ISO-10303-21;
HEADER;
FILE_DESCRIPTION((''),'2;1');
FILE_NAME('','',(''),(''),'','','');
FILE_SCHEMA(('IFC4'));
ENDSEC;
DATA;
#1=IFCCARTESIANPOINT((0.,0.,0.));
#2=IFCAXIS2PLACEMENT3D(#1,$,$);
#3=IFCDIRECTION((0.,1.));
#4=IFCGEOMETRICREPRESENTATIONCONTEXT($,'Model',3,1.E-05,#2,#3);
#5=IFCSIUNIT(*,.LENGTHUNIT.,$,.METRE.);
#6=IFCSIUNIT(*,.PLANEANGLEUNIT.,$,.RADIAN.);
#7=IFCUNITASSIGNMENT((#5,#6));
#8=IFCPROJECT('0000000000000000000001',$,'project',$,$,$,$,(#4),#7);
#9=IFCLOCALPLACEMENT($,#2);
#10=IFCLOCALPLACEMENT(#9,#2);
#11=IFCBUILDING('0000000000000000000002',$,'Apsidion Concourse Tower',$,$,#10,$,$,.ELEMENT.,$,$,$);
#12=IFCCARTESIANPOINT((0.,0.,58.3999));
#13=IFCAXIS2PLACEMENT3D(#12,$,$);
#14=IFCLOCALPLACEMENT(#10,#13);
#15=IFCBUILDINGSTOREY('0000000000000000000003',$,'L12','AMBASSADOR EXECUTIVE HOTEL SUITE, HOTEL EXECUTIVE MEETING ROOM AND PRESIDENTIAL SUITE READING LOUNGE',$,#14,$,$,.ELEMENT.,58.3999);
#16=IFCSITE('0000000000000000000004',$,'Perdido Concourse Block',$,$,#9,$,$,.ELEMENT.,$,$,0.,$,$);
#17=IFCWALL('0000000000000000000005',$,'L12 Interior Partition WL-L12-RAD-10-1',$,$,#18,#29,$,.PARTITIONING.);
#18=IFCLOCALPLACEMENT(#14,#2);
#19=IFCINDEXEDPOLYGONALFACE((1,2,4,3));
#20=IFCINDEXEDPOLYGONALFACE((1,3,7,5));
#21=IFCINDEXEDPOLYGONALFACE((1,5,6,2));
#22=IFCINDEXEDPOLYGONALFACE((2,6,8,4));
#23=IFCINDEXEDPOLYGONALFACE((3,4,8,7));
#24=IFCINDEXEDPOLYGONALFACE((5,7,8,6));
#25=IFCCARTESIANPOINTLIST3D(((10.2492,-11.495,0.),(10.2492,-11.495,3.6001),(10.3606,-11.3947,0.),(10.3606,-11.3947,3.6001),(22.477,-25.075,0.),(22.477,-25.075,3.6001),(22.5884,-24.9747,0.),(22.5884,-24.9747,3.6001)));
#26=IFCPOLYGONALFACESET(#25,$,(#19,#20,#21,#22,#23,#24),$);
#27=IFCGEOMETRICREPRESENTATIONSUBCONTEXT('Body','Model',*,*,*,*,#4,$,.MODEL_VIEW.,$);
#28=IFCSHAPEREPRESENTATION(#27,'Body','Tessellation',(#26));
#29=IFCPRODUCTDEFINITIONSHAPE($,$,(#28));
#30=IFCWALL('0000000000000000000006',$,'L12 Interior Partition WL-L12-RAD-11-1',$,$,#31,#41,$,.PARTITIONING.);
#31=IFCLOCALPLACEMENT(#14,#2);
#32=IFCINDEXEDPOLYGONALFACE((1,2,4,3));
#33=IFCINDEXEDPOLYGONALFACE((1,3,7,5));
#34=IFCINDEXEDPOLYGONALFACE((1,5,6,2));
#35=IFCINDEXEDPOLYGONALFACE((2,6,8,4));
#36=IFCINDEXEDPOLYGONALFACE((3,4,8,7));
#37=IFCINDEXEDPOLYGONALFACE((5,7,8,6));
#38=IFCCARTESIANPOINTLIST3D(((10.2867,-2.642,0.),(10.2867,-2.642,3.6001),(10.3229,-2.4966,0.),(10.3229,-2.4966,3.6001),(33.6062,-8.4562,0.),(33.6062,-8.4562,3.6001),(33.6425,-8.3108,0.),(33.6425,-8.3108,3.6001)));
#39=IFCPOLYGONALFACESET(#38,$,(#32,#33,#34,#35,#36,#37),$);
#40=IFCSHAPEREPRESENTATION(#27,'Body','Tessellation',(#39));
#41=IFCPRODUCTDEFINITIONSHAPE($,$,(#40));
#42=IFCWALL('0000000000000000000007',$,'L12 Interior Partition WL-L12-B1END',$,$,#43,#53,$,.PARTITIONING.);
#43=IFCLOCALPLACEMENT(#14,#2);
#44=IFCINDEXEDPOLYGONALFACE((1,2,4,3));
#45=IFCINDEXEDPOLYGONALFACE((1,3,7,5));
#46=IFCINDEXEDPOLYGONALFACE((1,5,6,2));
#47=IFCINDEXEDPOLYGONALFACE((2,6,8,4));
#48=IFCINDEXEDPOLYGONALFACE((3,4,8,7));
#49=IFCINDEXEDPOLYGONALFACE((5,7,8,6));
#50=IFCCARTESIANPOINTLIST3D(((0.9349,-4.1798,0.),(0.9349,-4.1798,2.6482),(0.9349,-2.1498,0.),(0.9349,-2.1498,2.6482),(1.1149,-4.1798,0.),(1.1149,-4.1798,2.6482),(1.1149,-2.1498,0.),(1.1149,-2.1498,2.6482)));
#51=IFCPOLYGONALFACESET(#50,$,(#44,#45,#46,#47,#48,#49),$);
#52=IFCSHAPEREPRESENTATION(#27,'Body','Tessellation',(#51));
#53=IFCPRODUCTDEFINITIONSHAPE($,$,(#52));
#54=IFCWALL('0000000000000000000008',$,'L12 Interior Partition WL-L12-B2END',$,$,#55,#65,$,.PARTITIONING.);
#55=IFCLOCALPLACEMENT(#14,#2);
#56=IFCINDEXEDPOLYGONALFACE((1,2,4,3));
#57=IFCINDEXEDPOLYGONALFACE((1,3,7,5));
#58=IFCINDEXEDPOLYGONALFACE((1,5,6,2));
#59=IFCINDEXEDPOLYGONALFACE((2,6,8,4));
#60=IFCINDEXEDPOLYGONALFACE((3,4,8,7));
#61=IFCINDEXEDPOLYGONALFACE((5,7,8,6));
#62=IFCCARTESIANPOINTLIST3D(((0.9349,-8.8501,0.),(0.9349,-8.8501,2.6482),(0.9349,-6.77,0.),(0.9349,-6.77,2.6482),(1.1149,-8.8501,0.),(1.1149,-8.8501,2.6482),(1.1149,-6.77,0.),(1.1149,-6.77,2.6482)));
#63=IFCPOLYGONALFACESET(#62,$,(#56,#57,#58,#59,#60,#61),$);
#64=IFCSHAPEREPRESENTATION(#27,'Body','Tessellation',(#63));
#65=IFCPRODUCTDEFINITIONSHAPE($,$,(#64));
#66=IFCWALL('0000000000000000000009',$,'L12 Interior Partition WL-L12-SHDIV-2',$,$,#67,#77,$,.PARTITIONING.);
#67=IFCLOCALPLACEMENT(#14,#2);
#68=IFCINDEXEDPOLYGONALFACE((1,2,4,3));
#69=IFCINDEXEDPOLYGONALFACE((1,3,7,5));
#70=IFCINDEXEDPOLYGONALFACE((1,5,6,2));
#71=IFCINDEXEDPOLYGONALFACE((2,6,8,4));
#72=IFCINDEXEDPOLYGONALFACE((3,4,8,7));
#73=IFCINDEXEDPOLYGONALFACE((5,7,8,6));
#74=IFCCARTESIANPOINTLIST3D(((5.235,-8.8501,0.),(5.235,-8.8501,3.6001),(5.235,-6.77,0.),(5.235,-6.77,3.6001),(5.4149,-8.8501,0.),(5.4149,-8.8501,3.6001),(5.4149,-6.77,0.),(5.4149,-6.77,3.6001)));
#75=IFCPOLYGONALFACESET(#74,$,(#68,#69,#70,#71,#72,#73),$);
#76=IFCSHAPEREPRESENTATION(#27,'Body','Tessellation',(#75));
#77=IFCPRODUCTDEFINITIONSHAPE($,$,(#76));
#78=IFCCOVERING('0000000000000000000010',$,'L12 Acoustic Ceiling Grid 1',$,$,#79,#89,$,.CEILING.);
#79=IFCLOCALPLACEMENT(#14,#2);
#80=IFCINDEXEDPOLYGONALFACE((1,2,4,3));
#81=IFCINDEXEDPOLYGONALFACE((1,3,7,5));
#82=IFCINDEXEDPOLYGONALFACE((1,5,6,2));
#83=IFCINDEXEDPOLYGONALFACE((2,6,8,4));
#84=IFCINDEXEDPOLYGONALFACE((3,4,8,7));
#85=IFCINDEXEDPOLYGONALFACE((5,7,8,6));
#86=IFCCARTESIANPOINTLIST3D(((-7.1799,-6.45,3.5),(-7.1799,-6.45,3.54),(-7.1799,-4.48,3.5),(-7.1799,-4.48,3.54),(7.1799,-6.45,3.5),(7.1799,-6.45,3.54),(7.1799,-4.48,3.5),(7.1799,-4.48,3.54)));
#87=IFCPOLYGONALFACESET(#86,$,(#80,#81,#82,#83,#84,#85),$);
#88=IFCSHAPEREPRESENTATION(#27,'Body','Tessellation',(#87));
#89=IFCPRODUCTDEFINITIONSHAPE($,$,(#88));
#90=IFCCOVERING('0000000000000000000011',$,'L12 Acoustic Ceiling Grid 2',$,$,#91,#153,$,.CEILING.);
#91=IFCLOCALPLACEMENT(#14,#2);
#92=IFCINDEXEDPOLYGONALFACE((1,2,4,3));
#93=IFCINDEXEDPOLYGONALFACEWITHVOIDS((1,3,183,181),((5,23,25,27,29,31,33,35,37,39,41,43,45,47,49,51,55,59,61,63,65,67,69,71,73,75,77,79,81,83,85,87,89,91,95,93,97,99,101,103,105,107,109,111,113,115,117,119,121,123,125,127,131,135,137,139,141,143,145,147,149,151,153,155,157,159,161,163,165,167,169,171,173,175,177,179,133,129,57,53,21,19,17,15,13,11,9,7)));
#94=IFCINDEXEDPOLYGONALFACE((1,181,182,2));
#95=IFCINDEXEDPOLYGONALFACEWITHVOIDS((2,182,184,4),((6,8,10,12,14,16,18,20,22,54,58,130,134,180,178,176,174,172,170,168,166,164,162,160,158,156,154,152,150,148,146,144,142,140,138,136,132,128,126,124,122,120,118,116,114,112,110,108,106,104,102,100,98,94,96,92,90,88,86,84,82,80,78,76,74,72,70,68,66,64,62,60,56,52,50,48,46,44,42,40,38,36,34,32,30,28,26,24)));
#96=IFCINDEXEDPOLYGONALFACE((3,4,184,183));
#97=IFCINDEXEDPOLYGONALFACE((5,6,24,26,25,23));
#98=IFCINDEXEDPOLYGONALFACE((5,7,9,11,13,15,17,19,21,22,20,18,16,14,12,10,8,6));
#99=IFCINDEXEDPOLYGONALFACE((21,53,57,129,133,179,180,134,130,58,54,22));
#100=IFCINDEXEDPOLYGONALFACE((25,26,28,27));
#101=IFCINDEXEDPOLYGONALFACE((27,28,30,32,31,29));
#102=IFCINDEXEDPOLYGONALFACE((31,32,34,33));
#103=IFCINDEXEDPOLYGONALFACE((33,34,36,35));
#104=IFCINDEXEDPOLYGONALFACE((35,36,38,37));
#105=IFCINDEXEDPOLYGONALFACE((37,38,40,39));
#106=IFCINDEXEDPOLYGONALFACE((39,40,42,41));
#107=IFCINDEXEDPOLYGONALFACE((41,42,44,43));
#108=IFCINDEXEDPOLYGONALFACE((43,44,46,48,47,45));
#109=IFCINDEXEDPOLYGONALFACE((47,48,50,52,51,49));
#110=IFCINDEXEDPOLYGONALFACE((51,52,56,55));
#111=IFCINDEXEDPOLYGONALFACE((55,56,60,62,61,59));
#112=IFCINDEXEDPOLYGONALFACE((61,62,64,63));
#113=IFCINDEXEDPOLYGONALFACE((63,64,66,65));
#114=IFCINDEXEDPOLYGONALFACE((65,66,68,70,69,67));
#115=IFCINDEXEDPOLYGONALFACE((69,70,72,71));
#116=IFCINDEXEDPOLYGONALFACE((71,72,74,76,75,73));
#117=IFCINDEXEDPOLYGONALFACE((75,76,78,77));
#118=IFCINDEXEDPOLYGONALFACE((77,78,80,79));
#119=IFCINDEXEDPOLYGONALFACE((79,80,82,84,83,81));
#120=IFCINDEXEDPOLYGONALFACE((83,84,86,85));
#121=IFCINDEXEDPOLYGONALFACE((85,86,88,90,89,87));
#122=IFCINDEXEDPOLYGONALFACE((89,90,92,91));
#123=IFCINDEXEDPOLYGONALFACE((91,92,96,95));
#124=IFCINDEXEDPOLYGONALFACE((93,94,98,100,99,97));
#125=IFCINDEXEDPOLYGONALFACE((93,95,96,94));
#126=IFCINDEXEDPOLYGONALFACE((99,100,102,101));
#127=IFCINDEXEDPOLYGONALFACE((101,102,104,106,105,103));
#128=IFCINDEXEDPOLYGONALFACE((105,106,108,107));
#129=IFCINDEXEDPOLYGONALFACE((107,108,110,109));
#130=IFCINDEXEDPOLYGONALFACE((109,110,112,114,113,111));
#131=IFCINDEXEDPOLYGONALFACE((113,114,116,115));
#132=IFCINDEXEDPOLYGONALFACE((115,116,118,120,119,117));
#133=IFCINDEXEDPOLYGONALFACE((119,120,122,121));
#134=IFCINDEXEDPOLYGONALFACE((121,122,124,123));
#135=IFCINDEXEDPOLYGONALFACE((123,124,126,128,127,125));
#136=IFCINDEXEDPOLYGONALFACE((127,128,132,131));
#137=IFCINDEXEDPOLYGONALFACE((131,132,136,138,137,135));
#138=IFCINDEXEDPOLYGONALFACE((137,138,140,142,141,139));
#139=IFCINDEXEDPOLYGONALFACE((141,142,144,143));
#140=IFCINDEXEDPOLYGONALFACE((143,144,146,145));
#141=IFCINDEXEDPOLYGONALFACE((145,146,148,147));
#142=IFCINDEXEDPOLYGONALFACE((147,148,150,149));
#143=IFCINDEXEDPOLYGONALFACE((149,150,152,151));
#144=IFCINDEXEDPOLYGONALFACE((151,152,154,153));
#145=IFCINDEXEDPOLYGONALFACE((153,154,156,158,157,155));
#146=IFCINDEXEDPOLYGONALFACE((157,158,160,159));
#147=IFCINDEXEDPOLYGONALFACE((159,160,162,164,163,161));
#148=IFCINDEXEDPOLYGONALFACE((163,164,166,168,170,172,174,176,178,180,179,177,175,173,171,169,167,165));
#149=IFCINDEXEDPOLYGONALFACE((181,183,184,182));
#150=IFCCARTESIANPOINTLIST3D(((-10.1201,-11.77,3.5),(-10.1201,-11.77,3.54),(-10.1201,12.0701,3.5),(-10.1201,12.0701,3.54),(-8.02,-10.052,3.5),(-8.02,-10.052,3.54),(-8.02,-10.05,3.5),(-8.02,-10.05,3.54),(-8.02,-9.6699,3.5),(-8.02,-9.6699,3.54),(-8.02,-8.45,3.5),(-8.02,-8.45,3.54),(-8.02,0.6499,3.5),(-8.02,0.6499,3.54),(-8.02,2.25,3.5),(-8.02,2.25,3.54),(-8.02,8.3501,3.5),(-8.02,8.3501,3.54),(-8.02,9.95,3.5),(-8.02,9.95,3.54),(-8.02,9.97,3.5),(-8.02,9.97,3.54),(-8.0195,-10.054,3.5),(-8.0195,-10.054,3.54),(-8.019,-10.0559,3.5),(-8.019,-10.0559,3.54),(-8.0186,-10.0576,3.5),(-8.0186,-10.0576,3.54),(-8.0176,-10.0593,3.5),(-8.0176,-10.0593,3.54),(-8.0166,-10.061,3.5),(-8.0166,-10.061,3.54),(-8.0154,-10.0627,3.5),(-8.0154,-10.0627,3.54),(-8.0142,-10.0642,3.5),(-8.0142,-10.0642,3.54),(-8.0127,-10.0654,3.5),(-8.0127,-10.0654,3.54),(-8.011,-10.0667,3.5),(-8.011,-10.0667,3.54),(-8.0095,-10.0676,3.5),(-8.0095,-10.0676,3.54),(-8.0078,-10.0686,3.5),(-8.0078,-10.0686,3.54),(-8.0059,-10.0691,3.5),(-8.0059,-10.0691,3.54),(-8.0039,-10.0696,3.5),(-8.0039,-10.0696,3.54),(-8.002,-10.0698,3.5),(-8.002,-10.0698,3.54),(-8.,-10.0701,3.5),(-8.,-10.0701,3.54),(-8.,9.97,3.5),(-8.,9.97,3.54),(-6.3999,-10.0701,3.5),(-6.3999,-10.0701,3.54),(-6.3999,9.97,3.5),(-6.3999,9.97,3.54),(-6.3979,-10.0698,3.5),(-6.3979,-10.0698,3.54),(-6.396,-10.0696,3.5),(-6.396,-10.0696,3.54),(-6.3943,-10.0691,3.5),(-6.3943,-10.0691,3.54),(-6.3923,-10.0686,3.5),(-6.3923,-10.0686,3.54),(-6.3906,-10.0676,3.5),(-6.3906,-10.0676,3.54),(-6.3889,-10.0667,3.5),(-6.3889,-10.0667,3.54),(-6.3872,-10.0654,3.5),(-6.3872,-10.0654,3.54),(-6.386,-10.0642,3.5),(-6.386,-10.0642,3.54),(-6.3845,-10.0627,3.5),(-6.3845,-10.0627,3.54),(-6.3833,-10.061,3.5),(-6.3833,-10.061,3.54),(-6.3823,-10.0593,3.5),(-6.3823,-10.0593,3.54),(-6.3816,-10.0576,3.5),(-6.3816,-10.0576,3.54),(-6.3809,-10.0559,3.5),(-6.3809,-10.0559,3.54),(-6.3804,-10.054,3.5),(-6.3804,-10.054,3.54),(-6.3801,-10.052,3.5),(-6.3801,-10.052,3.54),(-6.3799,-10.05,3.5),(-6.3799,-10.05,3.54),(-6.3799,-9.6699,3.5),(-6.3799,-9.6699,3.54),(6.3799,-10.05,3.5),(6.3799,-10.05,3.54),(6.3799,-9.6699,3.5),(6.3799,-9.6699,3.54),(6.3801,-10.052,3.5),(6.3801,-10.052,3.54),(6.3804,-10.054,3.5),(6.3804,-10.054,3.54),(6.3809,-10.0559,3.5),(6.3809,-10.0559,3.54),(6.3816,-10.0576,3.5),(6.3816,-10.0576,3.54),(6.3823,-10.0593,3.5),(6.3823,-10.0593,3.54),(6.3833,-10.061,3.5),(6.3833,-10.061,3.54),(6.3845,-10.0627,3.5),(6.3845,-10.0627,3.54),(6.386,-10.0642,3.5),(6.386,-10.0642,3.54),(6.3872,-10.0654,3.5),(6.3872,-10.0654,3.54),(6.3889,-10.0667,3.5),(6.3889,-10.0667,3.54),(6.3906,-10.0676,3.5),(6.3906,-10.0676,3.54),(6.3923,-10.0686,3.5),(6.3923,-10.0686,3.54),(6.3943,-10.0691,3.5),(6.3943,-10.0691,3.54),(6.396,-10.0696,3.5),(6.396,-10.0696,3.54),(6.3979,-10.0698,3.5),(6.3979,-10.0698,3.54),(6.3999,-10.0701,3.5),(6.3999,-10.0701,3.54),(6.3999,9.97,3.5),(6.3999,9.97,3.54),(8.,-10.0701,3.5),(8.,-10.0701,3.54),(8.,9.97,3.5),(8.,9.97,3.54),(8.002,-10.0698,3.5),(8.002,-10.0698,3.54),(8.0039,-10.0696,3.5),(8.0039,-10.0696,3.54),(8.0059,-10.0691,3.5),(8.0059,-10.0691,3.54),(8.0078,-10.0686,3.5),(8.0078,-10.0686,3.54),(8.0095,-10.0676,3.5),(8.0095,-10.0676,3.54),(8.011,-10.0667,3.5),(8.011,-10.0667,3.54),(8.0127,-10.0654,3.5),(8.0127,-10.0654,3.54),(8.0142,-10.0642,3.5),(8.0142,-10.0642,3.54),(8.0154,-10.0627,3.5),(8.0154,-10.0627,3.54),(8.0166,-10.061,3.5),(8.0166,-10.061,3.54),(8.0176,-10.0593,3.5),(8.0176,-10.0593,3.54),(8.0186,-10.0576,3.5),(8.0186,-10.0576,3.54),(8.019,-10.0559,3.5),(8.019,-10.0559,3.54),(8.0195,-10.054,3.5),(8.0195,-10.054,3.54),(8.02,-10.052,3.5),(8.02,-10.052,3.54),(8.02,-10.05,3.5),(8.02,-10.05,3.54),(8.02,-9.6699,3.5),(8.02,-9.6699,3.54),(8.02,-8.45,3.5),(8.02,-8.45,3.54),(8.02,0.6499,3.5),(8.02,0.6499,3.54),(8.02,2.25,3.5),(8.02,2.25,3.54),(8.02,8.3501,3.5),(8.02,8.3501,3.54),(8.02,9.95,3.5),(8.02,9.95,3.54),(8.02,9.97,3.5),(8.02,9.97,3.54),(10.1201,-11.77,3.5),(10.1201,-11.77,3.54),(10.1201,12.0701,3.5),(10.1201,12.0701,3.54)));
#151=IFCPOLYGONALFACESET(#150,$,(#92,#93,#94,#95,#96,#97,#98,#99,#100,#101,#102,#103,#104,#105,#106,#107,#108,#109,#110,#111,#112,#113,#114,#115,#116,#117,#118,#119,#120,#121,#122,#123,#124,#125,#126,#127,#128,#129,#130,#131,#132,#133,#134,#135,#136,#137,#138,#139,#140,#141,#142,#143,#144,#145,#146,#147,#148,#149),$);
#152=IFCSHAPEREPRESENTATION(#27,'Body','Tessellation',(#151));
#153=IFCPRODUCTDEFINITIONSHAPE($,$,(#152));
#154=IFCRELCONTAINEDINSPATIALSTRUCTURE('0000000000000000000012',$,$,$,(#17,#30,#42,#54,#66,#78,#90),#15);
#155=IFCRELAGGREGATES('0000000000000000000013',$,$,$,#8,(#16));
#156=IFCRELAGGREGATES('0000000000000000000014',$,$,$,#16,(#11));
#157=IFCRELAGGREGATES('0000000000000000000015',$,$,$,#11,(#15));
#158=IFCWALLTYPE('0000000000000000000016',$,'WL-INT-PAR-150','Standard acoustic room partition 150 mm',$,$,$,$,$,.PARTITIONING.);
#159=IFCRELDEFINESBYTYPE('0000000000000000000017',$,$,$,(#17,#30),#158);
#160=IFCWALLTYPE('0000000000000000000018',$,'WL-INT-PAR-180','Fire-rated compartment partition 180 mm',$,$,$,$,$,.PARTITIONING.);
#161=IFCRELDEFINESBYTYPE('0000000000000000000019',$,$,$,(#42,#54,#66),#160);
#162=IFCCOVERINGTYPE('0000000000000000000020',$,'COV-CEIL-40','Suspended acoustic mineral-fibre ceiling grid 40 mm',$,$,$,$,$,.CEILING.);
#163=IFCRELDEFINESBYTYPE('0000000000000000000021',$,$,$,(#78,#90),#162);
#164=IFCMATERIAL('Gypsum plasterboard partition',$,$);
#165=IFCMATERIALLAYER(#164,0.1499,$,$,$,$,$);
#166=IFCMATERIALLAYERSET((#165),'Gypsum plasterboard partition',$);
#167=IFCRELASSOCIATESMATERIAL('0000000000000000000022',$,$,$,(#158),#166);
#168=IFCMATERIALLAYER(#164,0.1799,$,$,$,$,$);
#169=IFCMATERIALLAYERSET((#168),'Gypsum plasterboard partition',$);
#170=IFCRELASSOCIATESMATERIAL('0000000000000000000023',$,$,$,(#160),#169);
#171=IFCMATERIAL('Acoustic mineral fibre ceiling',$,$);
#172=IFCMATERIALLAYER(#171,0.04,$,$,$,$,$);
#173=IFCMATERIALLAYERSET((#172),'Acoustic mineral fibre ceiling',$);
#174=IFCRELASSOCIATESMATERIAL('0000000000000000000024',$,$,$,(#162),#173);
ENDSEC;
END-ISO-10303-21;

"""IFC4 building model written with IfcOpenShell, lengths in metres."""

from ifc_helpers import new_model, si_unit, direction, frame, frame_2d, origin, place, context, subcontext, project, spatial, polyline, rectangle, outline, extrude, material, layer, layer_set, type_object, element, save


model = new_model("IFC4")

# Units and contexts
model_context = context("Model", 3, precision=1e-05, world=origin(), true_north=direction((0.0, 1.0)))
body_context = subcontext(model_context, "Body", "Model", "MODEL_VIEW")
ifc_project = project(units=[si_unit("LENGTHUNIT", "METRE"), si_unit("PLANEANGLEUNIT", "RADIAN")], contexts=[model_context])

# Site, building, storey
site_placement = place(None, origin())
site = spatial("IfcSite", under=ifc_project, at=site_placement, Name="Perdido Concourse Block", CompositionType="ELEMENT", RefElevation=0.0)
building_placement = place(site_placement, origin())
building = spatial("IfcBuilding", under=site, at=building_placement, Name="Apsidion Concourse Tower", CompositionType="ELEMENT")
storey_placement = place(building_placement, frame((0.0, 0.0, 58.3999)))
storey = spatial("IfcBuildingStorey", under=building, at=storey_placement, Name="L12", Description="AMBASSADOR EXECUTIVE HOTEL SUITE, HOTEL EXECUTIVE MEETING ROOM AND PRESIDENTIAL SUITE READING LOUNGE", CompositionType="ELEMENT", Elevation=58.3999)

# Shared definitions
ifc_material_1 = material(Name="Gypsum plasterboard partition")
ifc_layer_1 = layer(ifc_material_1, 0.1499)
ifc_layer_set_1 = layer_set([ifc_layer_1], Name="Gypsum plasterboard partition")
wall_type_1 = type_object("IfcWallType", Name="WL-INT-PAR-150", Description="Standard acoustic room partition 150 mm", PredefinedType="PARTITIONING", material=ifc_layer_set_1)

# Walls
wall_1_placement = place(storey_placement, frame((10.3049, -11.4448, 0.0), z_axis=(0.0, 0.0, 1.0), x_axis=(0.669137, -0.743139, 0.0)))
element("IfcWall", 1, at=wall_1_placement, inside=storey, type_object=wall_type_1, Name="L12 Interior Partition WL-L12-RAD-10-1", PredefinedType="PARTITIONING", context=body_context, shape_type="SweptSolid", body=[
    extrude(rectangle(XDim=18.2739, YDim=0.1499, at=frame_2d((9.137, 0.0))), origin(), (0.0, 0.0, 1.0), 3.6001),
])
wall_2_placement = place(storey_placement, frame((10.3049, -2.5693, 0.0), z_axis=(0.0, 0.0, 1.0), x_axis=(0.970296, -0.241921, 0.0)))
element("IfcWall", 2, at=wall_2_placement, inside=storey, type_object=wall_type_1, Name="L12 Interior Partition WL-L12-RAD-11-1", PredefinedType="PARTITIONING", context=body_context, shape_type="SweptSolid", body=[
    extrude(rectangle(XDim=24.0334, YDim=0.1499, at=frame_2d((12.0166, 0.0))), origin(), (0.0, 0.0, 1.0), 3.6001),
])
ifc_layer_2 = layer(ifc_material_1, 0.1799)
ifc_layer_set_2 = layer_set([ifc_layer_2], Name="Gypsum plasterboard partition")
wall_type_2 = type_object("IfcWallType", Name="WL-INT-PAR-180", Description="Fire-rated compartment partition 180 mm", PredefinedType="PARTITIONING", material=ifc_layer_set_2)
wall_3_placement = place(storey_placement, frame((1.0249, -4.1799, 0.0), z_axis=(0.0, 0.0, 1.0), x_axis=(0.0, 1.0, 0.0)))
element("IfcWall", 3, at=wall_3_placement, inside=storey, type_object=wall_type_2, Name="L12 Interior Partition WL-L12-B1END", PredefinedType="PARTITIONING", context=body_context, shape_type="SweptSolid", body=[
    extrude(rectangle(XDim=2.03, YDim=0.1799, at=frame_2d((1.0151, 0.0))), origin(), (0.0, 0.0, 1.0), 2.6482),
])
wall_4_placement = place(storey_placement, frame((1.0249, -8.8501, 0.0), z_axis=(0.0, 0.0, 1.0), x_axis=(0.0, 1.0, 0.0)))
element("IfcWall", 4, at=wall_4_placement, inside=storey, type_object=wall_type_2, Name="L12 Interior Partition WL-L12-B2END", PredefinedType="PARTITIONING", context=body_context, shape_type="SweptSolid", body=[
    extrude(rectangle(XDim=2.0801, YDim=0.1799, at=frame_2d((1.04, 0.0))), origin(), (0.0, 0.0, 1.0), 2.6482),
])
wall_5_placement = place(storey_placement, frame((5.325, -8.8501, 0.0), z_axis=(0.0, 0.0, 1.0), x_axis=(0.0, 1.0, 0.0)))
element("IfcWall", 5, at=wall_5_placement, inside=storey, type_object=wall_type_2, Name="L12 Interior Partition WL-L12-SHDIV-2", PredefinedType="PARTITIONING", context=body_context, shape_type="SweptSolid", body=[
    extrude(rectangle(XDim=2.0801, YDim=0.1799, at=frame_2d((1.04, 0.0))), origin(), (0.0, 0.0, 1.0), 3.6001),
])

# Coverings
ifc_material_2 = material(Name="Acoustic mineral fibre ceiling")
ifc_layer_3 = layer(ifc_material_2, 0.04)
ifc_layer_set_3 = layer_set([ifc_layer_3], Name="Acoustic mineral fibre ceiling")
covering_type_1 = type_object("IfcCoveringType", Name="COV-CEIL-40", Description="Suspended acoustic mineral-fibre ceiling grid 40 mm", PredefinedType="CEILING", material=ifc_layer_set_3)
covering_1_placement = place(storey_placement, frame((0.0, 0.0, 3.5)))
element("IfcCovering", 6, at=covering_1_placement, inside=storey, type_object=covering_type_1, Name="L12 Acoustic Ceiling Grid 1", PredefinedType="CEILING", context=body_context, shape_type="SweptSolid", body=[
    extrude(outline(polyline([(-7.1799, -6.45), (-7.1799, -4.48), (7.1799, -4.48), (7.1799, -6.45), (-7.1799, -6.45)])), origin(), (0.0, 0.0, 1.0), 0.04),
])
covering_2_placement = place(storey_placement, frame((0.0, 0.0, 3.5)))
element("IfcCovering", 7, at=covering_2_placement, inside=storey, type_object=covering_type_1, Name="L12 Acoustic Ceiling Grid 2", PredefinedType="CEILING", context=body_context, shape_type="SweptSolid", body=[
    extrude(outline(polyline([(10.1201, 12.0701), (10.1201, -11.77), (-10.1201, -11.77), (-10.1201, 12.0701), (10.1201, 12.0701)]), holes=[polyline([(-8.02, 9.95), (-8.02, 8.3501), (-8.02, 2.25), (-8.02, 0.6499), (-8.02, -8.45), (-8.02, -9.6699), (-8.02, -10.05), (-8.02, -10.052), (-8.0195, -10.054), (-8.019, -10.0559), (-8.0186, -10.0576), (-8.0176, -10.0593), (-8.0166, -10.061), (-8.0154, -10.0627), (-8.0142, -10.0642), (-8.0127, -10.0654), (-8.011, -10.0667), (-8.0095, -10.0676), (-8.0078, -10.0686), (-8.0059, -10.0691), (-8.0039, -10.0696), (-8.002, -10.0698), (-8.0, -10.0701), (-6.3999, -10.0701), (-6.3979, -10.0698), (-6.396, -10.0696), (-6.3943, -10.0691), (-6.3923, -10.0686), (-6.3906, -10.0676), (-6.3889, -10.0667), (-6.3872, -10.0654), (-6.386, -10.0642), (-6.3845, -10.0627), (-6.3833, -10.061), (-6.3823, -10.0593), (-6.3816, -10.0576), (-6.3809, -10.0559), (-6.3804, -10.054), (-6.3801, -10.052), (-6.3799, -10.05), (-6.3799, -9.6699), (6.3799, -9.6699), (6.3799, -10.05), (6.3801, -10.052), (6.3804, -10.054), (6.3809, -10.0559), (6.3816, -10.0576), (6.3823, -10.0593), (6.3833, -10.061), (6.3845, -10.0627), (6.386, -10.0642), (6.3872, -10.0654), (6.3889, -10.0667), (6.3906, -10.0676), (6.3923, -10.0686), (6.3943, -10.0691), (6.396, -10.0696), (6.3979, -10.0698), (6.3999, -10.0701), (8.0, -10.0701), (8.002, -10.0698), (8.0039, -10.0696), (8.0059, -10.0691), (8.0078, -10.0686), (8.0095, -10.0676), (8.011, -10.0667), (8.0127, -10.0654), (8.0142, -10.0642), (8.0154, -10.0627), (8.0166, -10.061), (8.0176, -10.0593), (8.0186, -10.0576), (8.019, -10.0559), (8.0195, -10.054), (8.02, -10.052), (8.02, -10.05), (8.02, -9.6699), (8.02, -8.45), (8.02, 0.6499), (8.02, 2.25), (8.02, 8.3501), (8.02, 9.95), (8.02, 9.97), (8.0, 9.97), (6.3999, 9.97), (-6.3999, 9.97), (-8.0, 9.97), (-8.02, 9.97), (-8.02, 9.95)])]), origin(), (0.0, 0.0, 1.0), 0.04),
])

save(model, "model.ifc")
